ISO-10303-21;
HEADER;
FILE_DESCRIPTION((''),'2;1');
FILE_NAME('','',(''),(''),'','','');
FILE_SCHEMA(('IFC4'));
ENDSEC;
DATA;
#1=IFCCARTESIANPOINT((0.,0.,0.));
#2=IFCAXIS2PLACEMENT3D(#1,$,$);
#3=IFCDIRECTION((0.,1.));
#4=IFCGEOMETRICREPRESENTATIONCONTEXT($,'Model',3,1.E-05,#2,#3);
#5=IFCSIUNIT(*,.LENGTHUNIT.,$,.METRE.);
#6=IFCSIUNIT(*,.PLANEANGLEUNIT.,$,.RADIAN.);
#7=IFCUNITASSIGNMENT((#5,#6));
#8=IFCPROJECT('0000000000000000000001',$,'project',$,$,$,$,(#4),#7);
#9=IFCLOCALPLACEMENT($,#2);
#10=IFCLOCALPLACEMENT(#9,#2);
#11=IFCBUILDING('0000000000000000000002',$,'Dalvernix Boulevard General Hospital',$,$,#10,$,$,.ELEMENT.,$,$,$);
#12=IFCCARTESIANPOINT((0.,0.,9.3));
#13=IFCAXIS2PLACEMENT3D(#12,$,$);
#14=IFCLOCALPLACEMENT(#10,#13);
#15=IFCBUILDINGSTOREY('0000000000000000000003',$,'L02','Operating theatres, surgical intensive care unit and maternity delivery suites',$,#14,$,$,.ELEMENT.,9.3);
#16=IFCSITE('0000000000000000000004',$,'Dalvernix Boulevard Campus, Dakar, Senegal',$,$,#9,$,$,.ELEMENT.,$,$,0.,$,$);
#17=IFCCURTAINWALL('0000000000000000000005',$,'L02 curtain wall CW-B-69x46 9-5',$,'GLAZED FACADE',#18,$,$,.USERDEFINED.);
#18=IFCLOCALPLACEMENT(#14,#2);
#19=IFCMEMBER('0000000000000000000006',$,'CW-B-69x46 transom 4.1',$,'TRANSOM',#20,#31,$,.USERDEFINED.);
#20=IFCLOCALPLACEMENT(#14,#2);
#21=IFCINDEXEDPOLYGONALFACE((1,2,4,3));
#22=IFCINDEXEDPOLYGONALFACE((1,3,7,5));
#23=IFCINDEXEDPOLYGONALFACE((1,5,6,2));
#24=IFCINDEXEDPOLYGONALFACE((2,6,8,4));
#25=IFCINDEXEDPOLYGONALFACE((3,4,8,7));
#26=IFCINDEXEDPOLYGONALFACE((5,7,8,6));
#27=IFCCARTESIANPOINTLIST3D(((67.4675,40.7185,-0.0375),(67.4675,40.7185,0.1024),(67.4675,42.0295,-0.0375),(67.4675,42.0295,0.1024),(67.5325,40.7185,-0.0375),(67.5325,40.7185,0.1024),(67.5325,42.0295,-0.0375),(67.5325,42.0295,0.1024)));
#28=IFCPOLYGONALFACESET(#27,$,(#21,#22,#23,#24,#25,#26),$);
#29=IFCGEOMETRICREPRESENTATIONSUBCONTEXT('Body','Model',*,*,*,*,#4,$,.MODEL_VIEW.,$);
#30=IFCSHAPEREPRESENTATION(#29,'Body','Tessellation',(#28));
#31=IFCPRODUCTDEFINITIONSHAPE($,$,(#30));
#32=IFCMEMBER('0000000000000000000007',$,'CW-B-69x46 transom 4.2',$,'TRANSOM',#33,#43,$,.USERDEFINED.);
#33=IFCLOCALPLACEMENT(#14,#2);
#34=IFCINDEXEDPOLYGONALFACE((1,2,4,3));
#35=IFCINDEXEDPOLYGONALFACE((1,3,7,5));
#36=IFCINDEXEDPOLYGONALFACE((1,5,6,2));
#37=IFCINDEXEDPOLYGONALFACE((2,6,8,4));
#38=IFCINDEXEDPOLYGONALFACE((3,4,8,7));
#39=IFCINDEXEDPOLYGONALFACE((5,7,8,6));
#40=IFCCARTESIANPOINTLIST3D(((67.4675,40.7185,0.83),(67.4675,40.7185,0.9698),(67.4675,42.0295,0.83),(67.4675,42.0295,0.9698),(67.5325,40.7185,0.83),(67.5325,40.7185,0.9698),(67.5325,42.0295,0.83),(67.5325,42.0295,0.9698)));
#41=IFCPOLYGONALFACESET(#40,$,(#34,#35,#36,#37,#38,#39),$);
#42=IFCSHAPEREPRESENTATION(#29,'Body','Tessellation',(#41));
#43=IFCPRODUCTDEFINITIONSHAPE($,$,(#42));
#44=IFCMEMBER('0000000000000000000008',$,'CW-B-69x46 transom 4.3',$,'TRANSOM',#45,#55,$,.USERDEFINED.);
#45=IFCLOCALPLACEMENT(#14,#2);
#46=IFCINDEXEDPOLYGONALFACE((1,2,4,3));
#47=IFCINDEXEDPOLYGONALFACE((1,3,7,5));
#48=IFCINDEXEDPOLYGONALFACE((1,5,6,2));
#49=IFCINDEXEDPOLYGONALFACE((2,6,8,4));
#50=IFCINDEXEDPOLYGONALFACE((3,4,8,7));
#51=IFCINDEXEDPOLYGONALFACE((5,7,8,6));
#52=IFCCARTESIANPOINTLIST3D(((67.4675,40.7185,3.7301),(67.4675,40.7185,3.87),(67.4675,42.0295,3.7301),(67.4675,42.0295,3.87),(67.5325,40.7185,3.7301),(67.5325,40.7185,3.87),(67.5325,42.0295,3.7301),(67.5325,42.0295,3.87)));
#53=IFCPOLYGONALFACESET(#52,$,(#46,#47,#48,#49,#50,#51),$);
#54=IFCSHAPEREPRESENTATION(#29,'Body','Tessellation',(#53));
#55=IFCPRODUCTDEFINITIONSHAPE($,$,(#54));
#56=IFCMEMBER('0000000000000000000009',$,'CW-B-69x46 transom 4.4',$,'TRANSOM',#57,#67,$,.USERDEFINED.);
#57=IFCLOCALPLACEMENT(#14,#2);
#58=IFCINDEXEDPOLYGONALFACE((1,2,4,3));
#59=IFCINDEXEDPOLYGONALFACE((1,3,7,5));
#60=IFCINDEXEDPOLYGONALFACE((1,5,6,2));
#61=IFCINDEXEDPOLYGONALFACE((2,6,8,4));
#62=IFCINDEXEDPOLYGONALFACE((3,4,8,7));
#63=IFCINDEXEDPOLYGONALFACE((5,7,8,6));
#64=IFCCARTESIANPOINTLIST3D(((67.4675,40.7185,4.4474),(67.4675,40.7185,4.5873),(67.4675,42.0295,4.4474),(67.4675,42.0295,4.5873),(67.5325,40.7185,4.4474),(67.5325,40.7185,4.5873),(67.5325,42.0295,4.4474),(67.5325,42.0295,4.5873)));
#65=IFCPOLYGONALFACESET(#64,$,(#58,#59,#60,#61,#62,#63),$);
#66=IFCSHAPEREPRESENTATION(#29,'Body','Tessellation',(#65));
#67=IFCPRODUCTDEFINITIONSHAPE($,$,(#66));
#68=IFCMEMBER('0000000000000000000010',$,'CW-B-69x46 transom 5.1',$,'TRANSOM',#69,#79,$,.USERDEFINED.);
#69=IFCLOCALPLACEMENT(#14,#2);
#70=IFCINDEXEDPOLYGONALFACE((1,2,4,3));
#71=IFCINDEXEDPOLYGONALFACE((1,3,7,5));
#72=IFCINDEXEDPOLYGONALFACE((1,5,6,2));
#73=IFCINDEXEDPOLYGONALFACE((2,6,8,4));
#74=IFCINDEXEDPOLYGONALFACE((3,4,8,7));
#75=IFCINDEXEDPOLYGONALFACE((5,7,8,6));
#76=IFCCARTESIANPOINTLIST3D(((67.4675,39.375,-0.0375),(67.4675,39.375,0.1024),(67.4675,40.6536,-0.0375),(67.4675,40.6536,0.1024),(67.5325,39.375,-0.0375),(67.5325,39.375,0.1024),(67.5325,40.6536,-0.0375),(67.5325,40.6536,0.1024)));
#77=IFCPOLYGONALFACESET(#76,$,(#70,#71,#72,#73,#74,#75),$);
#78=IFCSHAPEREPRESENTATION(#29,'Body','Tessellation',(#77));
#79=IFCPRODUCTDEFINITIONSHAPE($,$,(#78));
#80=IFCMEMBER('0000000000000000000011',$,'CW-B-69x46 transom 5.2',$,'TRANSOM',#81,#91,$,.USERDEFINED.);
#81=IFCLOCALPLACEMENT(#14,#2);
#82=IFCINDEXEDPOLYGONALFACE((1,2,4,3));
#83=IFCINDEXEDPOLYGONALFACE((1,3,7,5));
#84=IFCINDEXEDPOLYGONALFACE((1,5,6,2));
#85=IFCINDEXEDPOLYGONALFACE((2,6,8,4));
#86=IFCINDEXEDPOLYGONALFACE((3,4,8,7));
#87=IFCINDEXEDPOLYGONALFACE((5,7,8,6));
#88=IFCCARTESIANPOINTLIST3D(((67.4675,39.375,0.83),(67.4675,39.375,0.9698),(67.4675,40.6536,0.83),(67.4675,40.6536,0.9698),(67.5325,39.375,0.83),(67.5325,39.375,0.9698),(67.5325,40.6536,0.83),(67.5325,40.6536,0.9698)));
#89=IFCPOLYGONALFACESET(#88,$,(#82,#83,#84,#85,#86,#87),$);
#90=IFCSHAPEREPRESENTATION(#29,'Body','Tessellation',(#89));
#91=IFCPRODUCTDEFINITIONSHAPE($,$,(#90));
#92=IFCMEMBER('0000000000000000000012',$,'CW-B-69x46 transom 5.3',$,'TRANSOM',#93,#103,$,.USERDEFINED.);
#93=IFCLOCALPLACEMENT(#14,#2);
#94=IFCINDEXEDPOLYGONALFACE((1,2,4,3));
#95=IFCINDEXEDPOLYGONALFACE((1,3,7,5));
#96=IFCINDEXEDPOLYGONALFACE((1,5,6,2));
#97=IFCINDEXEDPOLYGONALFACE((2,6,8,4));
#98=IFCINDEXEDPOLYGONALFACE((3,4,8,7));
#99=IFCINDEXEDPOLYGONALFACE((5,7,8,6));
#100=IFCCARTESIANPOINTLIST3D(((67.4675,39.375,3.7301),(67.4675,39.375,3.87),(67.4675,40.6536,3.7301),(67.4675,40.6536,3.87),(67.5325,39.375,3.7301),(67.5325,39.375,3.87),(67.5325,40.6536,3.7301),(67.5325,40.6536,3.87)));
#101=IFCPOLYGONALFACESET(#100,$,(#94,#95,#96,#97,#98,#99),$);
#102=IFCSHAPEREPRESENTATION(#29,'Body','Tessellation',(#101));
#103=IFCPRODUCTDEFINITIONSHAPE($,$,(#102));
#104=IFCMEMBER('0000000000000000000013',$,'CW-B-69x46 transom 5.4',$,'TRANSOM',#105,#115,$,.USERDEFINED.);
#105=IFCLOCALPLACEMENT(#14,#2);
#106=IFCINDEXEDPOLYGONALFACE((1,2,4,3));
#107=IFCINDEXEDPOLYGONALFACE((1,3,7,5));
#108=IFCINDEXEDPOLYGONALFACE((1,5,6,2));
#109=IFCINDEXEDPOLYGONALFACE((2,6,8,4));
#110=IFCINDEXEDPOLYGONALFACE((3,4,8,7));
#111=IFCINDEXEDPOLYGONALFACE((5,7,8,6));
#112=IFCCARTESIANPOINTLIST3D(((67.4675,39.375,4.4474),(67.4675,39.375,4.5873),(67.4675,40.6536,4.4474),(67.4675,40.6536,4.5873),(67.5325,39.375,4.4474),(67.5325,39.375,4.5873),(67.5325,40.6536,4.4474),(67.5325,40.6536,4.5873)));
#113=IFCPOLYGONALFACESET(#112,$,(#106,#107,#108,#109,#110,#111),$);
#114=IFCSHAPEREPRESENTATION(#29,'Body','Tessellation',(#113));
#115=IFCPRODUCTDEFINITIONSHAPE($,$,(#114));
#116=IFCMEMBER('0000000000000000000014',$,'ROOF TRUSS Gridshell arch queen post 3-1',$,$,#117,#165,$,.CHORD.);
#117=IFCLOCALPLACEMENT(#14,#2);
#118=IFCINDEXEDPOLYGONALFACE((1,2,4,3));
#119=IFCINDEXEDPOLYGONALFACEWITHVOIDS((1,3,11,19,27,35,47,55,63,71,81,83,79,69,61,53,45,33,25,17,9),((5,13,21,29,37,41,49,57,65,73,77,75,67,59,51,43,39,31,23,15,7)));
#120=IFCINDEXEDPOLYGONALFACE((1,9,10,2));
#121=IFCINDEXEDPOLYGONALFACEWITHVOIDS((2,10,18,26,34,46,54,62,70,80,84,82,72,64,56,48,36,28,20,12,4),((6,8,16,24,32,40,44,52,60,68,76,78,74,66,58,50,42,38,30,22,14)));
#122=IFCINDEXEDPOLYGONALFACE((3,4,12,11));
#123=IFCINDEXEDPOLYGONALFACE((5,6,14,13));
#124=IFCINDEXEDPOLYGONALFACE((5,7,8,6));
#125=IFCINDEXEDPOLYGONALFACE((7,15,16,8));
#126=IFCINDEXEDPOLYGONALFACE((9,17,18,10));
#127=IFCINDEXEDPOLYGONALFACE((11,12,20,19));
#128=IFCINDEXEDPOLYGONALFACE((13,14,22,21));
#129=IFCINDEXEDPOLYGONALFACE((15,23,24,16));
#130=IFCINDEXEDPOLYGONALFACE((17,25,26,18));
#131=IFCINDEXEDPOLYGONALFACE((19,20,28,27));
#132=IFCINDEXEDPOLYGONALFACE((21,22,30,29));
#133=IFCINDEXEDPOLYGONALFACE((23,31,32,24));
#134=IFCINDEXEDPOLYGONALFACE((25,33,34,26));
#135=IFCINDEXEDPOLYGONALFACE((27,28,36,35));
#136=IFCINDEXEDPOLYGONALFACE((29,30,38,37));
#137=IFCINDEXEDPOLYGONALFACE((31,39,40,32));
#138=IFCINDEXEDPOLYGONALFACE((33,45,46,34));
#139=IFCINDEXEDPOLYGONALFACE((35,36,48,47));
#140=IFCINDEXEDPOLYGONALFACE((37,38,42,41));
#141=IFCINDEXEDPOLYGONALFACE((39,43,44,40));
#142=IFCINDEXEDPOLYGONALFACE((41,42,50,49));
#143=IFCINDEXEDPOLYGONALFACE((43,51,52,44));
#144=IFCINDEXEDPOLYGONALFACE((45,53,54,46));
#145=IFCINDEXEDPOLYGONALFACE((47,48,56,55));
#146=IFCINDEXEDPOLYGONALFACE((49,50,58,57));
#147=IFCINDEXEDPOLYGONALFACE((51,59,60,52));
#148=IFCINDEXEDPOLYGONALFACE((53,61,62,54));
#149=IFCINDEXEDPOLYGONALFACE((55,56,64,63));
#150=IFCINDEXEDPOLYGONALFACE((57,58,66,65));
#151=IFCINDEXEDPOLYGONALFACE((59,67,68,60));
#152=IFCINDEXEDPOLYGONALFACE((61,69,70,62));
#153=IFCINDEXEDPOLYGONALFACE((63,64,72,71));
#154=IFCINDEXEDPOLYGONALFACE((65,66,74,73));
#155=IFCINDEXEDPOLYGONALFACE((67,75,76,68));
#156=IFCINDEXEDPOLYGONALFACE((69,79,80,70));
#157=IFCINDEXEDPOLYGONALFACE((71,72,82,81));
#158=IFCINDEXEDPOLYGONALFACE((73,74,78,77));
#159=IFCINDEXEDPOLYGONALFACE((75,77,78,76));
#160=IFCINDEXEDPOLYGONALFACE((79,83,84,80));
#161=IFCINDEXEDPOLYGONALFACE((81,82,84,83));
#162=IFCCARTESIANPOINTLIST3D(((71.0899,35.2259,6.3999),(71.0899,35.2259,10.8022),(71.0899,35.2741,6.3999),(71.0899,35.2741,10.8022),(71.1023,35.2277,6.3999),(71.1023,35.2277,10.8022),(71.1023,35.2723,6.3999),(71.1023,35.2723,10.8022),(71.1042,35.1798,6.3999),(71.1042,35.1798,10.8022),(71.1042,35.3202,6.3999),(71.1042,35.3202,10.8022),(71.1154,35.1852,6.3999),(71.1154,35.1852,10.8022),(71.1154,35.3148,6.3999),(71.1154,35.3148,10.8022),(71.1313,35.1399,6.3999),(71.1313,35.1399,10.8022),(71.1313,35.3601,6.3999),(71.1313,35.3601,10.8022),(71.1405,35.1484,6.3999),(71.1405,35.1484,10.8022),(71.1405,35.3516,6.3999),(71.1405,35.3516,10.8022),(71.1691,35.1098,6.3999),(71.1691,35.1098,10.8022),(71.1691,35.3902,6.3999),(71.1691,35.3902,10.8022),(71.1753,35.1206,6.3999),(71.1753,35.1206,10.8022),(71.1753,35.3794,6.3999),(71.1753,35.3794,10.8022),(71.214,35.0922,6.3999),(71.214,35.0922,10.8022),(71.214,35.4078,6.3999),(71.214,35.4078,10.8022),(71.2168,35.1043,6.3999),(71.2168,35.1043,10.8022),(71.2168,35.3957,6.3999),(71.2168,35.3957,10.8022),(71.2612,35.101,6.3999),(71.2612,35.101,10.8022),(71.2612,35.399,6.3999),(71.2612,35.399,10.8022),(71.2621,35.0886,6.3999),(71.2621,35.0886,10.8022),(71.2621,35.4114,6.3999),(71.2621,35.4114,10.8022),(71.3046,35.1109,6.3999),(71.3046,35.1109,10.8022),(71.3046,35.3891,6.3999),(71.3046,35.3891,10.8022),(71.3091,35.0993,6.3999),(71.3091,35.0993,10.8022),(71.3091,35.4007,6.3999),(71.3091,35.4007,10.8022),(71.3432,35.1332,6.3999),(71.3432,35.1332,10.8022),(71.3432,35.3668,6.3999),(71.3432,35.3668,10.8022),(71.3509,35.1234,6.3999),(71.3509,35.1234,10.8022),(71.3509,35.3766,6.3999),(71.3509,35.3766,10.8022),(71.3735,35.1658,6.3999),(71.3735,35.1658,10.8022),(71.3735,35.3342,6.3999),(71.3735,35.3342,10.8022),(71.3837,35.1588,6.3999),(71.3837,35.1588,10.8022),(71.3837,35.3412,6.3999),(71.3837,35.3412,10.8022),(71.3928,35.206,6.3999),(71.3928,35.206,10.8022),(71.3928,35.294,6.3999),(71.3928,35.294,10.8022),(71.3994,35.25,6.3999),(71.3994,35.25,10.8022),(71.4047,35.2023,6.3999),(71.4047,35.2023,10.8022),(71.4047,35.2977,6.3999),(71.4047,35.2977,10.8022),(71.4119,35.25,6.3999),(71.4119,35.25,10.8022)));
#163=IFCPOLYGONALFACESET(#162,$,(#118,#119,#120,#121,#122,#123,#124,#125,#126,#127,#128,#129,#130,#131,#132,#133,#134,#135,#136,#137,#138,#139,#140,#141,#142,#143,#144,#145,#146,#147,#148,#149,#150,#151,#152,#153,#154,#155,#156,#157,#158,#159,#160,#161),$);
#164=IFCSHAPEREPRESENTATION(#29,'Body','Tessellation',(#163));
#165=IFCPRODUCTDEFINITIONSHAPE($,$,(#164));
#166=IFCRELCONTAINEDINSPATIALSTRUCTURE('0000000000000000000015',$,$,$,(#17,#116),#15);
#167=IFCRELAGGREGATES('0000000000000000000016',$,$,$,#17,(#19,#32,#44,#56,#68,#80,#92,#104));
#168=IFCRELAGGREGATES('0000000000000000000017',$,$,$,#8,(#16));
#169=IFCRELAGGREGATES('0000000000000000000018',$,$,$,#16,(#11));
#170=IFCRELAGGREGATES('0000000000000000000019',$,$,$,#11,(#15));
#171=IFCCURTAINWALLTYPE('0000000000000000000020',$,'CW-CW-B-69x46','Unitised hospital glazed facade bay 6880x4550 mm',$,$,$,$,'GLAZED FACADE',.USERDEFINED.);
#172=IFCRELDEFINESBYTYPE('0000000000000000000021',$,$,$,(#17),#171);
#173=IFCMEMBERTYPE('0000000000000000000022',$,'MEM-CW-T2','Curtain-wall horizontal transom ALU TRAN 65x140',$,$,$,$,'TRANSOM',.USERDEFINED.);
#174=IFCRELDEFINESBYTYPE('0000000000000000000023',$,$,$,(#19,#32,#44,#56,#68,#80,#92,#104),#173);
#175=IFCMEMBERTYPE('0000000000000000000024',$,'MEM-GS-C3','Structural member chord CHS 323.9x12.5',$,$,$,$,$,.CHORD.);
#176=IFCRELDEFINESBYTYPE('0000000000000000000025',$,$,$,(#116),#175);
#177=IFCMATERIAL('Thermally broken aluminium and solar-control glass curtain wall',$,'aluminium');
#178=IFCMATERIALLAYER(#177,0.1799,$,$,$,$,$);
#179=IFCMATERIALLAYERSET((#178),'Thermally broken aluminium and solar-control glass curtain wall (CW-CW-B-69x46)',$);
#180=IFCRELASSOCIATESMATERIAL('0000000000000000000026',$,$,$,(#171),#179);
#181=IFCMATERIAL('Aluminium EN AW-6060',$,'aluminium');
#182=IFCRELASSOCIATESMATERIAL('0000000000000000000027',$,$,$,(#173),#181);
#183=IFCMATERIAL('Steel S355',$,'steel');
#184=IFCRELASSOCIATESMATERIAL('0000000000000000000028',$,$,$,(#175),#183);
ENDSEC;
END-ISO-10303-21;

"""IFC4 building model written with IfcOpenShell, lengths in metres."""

from ifc_helpers import new_model, si_unit, direction, frame, origin, origin_2d, place, context, subcontext, project, spatial, rectangle, hollow_circle, extrude, material, layer, layer_set, material_profile, profile_set, type_object, element, aggregate, save


model = new_model("IFC4")

# Units and contexts
model_context = context("Model", 3, precision=1e-05, world=origin(), true_north=direction((0.0, 1.0)))
body_context = subcontext(model_context, "Body", "Model", "MODEL_VIEW")
ifc_project = project(units=[si_unit("LENGTHUNIT", "METRE"), si_unit("PLANEANGLEUNIT", "RADIAN")], contexts=[model_context])

# Site, building, storey
site_placement = place(None, origin())
site = spatial("IfcSite", under=ifc_project, at=site_placement, Name="Dalvernix Boulevard Campus, Dakar, Senegal", CompositionType="ELEMENT", RefElevation=0.0)
building_placement = place(site_placement, origin())
building = spatial("IfcBuilding", under=site, at=building_placement, Name="Dalvernix Boulevard General Hospital", CompositionType="ELEMENT")
storey_placement = place(building_placement, frame((0.0, 0.0, 9.3)))
storey = spatial("IfcBuildingStorey", under=building, at=storey_placement, Name="L02", Description="Operating theatres, surgical intensive care unit and maternity delivery suites", CompositionType="ELEMENT", Elevation=9.3)

# Shared definitions
ifc_material_1 = material(Name="Steel S355", Category="steel")

# Curtain wall, members
ifc_material_2 = material(Name="Thermally broken aluminium and solar-control glass curtain wall", Category="aluminium")
ifc_layer_1 = layer(ifc_material_2, 0.1799)
ifc_layer_set_1 = layer_set([ifc_layer_1], Name="Thermally broken aluminium and solar-control glass curtain wall (CW-CW-B-69x46)")
curtain_wall_type = type_object("IfcCurtainWallType", Name="CW-CW-B-69x46", Description="Unitised hospital glazed facade bay 6880x4550 mm", ElementType="GLAZED FACADE", PredefinedType="USERDEFINED", material=ifc_layer_set_1)
curtain_wall_placement = place(storey_placement, origin())
curtain_wall = element("IfcCurtainWall", 1, at=curtain_wall_placement, inside=storey, type_object=curtain_wall_type, Name="L02 curtain wall CW-B-69x46 9-5", ObjectType="GLAZED FACADE", PredefinedType="USERDEFINED")
ifc_material_3 = material(Name="Aluminium EN AW-6060", Category="aluminium")
ifc_material_profile_1 = material_profile(ifc_material_3, rectangle(XDim=0.0649, YDim=0.1399, at=origin_2d()), Name="ALU TRAN 65x140")
ifc_profile_set_1 = profile_set([ifc_material_profile_1], Name="Aluminium EN AW-6060")
member_type_1 = type_object("IfcMemberType", Name="MEM-CW-T2", Description="Curtain-wall horizontal transom ALU TRAN 65x140", ElementType="TRANSOM", PredefinedType="USERDEFINED", material=ifc_profile_set_1)
member_1_placement = place(storey_placement, frame((67.5, 42.0295, 0.0325), z_axis=(0.0, -1.0, 0.0), x_axis=(1.0, 0.0, 0.0)))
member_1 = element("IfcMember", 2, at=member_1_placement, type_object=member_type_1, Name="CW-B-69x46 transom 4.1", ObjectType="TRANSOM", PredefinedType="USERDEFINED", context=body_context, shape_type="SweptSolid", body=[
    extrude(rectangle(XDim=0.0649, YDim=0.1399, at=origin_2d()), origin(), (0.0, 0.0, 1.0), 1.311),
])
member_2_placement = place(storey_placement, frame((67.5, 42.0295, 0.8999), z_axis=(0.0, -1.0, 0.0), x_axis=(1.0, 0.0, 0.0)))
member_2 = element("IfcMember", 3, at=member_2_placement, type_object=member_type_1, Name="CW-B-69x46 transom 4.2", ObjectType="TRANSOM", PredefinedType="USERDEFINED", context=body_context, shape_type="SweptSolid", body=[
    extrude(rectangle(XDim=0.0649, YDim=0.1399, at=origin_2d()), origin(), (0.0, 0.0, 1.0), 1.311),
])
member_3_placement = place(storey_placement, frame((67.5, 42.0295, 3.8), z_axis=(0.0, -1.0, 0.0), x_axis=(1.0, 0.0, 0.0)))
member_3 = element("IfcMember", 4, at=member_3_placement, type_object=member_type_1, Name="CW-B-69x46 transom 4.3", ObjectType="TRANSOM", PredefinedType="USERDEFINED", context=body_context, shape_type="SweptSolid", body=[
    extrude(rectangle(XDim=0.0649, YDim=0.1399, at=origin_2d()), origin(), (0.0, 0.0, 1.0), 1.311),
])
member_4_placement = place(storey_placement, frame((67.5, 42.0295, 4.5173), z_axis=(0.0, -1.0, 0.0), x_axis=(1.0, 0.0, 0.0)))
member_4 = element("IfcMember", 5, at=member_4_placement, type_object=member_type_1, Name="CW-B-69x46 transom 4.4", ObjectType="TRANSOM", PredefinedType="USERDEFINED", context=body_context, shape_type="SweptSolid", body=[
    extrude(rectangle(XDim=0.0649, YDim=0.1399, at=origin_2d()), origin(), (0.0, 0.0, 1.0), 1.311),
])
member_5_placement = place(storey_placement, frame((67.5, 40.6536, 0.0325), z_axis=(0.0, -1.0, 0.0), x_axis=(1.0, 0.0, 0.0)))
member_5 = element("IfcMember", 6, at=member_5_placement, type_object=member_type_1, Name="CW-B-69x46 transom 5.1", ObjectType="TRANSOM", PredefinedType="USERDEFINED", context=body_context, shape_type="SweptSolid", body=[
    extrude(rectangle(XDim=0.0649, YDim=0.1399, at=origin_2d()), origin(), (0.0, 0.0, 1.0), 1.2786),
])
member_6_placement = place(storey_placement, frame((67.5, 40.6536, 0.8999), z_axis=(0.0, -1.0, 0.0), x_axis=(1.0, 0.0, 0.0)))
member_6 = element("IfcMember", 7, at=member_6_placement, type_object=member_type_1, Name="CW-B-69x46 transom 5.2", ObjectType="TRANSOM", PredefinedType="USERDEFINED", context=body_context, shape_type="SweptSolid", body=[
    extrude(rectangle(XDim=0.0649, YDim=0.1399, at=origin_2d()), origin(), (0.0, 0.0, 1.0), 1.2786),
])
member_7_placement = place(storey_placement, frame((67.5, 40.6536, 3.8), z_axis=(0.0, -1.0, 0.0), x_axis=(1.0, 0.0, 0.0)))
member_7 = element("IfcMember", 8, at=member_7_placement, type_object=member_type_1, Name="CW-B-69x46 transom 5.3", ObjectType="TRANSOM", PredefinedType="USERDEFINED", context=body_context, shape_type="SweptSolid", body=[
    extrude(rectangle(XDim=0.0649, YDim=0.1399, at=origin_2d()), origin(), (0.0, 0.0, 1.0), 1.2786),
])
member_8_placement = place(storey_placement, frame((67.5, 40.6536, 4.5173), z_axis=(0.0, -1.0, 0.0), x_axis=(1.0, 0.0, 0.0)))
member_8 = element("IfcMember", 9, at=member_8_placement, type_object=member_type_1, Name="CW-B-69x46 transom 5.4", ObjectType="TRANSOM", PredefinedType="USERDEFINED", context=body_context, shape_type="SweptSolid", body=[
    extrude(rectangle(XDim=0.0649, YDim=0.1399, at=origin_2d()), origin(), (0.0, 0.0, 1.0), 1.2786),
])

# Member
ifc_material_profile_2 = material_profile(ifc_material_1, hollow_circle(Radius=0.1619, WallThickness=0.0125, at=origin_2d()), Name="CHS 323.9x12.5")
ifc_profile_set_2 = profile_set([ifc_material_profile_2], Name="Steel S355")
member_type_2 = type_object("IfcMemberType", Name="MEM-GS-C3", Description="Structural member chord CHS 323.9x12.5", PredefinedType="CHORD", material=ifc_profile_set_2)
member_9_placement = place(storey_placement, frame((71.25, 35.25, 6.3999), z_axis=(0.0, 0.0, 1.0), x_axis=(1.0, 0.0, 0.0)))
element("IfcMember", 10, at=member_9_placement, inside=storey, type_object=member_type_2, Name="ROOF TRUSS Gridshell arch queen post 3-1", PredefinedType="CHORD", context=body_context, shape_type="SweptSolid", body=[
    extrude(hollow_circle(Radius=0.1619, WallThickness=0.0125, at=origin_2d()), origin(), (0.0, 0.0, 1.0), 4.4023),
])

aggregate(curtain_wall, [member_1, member_2, member_3, member_4, member_5, member_6, member_7, member_8])

save(model, "model.ifc")
